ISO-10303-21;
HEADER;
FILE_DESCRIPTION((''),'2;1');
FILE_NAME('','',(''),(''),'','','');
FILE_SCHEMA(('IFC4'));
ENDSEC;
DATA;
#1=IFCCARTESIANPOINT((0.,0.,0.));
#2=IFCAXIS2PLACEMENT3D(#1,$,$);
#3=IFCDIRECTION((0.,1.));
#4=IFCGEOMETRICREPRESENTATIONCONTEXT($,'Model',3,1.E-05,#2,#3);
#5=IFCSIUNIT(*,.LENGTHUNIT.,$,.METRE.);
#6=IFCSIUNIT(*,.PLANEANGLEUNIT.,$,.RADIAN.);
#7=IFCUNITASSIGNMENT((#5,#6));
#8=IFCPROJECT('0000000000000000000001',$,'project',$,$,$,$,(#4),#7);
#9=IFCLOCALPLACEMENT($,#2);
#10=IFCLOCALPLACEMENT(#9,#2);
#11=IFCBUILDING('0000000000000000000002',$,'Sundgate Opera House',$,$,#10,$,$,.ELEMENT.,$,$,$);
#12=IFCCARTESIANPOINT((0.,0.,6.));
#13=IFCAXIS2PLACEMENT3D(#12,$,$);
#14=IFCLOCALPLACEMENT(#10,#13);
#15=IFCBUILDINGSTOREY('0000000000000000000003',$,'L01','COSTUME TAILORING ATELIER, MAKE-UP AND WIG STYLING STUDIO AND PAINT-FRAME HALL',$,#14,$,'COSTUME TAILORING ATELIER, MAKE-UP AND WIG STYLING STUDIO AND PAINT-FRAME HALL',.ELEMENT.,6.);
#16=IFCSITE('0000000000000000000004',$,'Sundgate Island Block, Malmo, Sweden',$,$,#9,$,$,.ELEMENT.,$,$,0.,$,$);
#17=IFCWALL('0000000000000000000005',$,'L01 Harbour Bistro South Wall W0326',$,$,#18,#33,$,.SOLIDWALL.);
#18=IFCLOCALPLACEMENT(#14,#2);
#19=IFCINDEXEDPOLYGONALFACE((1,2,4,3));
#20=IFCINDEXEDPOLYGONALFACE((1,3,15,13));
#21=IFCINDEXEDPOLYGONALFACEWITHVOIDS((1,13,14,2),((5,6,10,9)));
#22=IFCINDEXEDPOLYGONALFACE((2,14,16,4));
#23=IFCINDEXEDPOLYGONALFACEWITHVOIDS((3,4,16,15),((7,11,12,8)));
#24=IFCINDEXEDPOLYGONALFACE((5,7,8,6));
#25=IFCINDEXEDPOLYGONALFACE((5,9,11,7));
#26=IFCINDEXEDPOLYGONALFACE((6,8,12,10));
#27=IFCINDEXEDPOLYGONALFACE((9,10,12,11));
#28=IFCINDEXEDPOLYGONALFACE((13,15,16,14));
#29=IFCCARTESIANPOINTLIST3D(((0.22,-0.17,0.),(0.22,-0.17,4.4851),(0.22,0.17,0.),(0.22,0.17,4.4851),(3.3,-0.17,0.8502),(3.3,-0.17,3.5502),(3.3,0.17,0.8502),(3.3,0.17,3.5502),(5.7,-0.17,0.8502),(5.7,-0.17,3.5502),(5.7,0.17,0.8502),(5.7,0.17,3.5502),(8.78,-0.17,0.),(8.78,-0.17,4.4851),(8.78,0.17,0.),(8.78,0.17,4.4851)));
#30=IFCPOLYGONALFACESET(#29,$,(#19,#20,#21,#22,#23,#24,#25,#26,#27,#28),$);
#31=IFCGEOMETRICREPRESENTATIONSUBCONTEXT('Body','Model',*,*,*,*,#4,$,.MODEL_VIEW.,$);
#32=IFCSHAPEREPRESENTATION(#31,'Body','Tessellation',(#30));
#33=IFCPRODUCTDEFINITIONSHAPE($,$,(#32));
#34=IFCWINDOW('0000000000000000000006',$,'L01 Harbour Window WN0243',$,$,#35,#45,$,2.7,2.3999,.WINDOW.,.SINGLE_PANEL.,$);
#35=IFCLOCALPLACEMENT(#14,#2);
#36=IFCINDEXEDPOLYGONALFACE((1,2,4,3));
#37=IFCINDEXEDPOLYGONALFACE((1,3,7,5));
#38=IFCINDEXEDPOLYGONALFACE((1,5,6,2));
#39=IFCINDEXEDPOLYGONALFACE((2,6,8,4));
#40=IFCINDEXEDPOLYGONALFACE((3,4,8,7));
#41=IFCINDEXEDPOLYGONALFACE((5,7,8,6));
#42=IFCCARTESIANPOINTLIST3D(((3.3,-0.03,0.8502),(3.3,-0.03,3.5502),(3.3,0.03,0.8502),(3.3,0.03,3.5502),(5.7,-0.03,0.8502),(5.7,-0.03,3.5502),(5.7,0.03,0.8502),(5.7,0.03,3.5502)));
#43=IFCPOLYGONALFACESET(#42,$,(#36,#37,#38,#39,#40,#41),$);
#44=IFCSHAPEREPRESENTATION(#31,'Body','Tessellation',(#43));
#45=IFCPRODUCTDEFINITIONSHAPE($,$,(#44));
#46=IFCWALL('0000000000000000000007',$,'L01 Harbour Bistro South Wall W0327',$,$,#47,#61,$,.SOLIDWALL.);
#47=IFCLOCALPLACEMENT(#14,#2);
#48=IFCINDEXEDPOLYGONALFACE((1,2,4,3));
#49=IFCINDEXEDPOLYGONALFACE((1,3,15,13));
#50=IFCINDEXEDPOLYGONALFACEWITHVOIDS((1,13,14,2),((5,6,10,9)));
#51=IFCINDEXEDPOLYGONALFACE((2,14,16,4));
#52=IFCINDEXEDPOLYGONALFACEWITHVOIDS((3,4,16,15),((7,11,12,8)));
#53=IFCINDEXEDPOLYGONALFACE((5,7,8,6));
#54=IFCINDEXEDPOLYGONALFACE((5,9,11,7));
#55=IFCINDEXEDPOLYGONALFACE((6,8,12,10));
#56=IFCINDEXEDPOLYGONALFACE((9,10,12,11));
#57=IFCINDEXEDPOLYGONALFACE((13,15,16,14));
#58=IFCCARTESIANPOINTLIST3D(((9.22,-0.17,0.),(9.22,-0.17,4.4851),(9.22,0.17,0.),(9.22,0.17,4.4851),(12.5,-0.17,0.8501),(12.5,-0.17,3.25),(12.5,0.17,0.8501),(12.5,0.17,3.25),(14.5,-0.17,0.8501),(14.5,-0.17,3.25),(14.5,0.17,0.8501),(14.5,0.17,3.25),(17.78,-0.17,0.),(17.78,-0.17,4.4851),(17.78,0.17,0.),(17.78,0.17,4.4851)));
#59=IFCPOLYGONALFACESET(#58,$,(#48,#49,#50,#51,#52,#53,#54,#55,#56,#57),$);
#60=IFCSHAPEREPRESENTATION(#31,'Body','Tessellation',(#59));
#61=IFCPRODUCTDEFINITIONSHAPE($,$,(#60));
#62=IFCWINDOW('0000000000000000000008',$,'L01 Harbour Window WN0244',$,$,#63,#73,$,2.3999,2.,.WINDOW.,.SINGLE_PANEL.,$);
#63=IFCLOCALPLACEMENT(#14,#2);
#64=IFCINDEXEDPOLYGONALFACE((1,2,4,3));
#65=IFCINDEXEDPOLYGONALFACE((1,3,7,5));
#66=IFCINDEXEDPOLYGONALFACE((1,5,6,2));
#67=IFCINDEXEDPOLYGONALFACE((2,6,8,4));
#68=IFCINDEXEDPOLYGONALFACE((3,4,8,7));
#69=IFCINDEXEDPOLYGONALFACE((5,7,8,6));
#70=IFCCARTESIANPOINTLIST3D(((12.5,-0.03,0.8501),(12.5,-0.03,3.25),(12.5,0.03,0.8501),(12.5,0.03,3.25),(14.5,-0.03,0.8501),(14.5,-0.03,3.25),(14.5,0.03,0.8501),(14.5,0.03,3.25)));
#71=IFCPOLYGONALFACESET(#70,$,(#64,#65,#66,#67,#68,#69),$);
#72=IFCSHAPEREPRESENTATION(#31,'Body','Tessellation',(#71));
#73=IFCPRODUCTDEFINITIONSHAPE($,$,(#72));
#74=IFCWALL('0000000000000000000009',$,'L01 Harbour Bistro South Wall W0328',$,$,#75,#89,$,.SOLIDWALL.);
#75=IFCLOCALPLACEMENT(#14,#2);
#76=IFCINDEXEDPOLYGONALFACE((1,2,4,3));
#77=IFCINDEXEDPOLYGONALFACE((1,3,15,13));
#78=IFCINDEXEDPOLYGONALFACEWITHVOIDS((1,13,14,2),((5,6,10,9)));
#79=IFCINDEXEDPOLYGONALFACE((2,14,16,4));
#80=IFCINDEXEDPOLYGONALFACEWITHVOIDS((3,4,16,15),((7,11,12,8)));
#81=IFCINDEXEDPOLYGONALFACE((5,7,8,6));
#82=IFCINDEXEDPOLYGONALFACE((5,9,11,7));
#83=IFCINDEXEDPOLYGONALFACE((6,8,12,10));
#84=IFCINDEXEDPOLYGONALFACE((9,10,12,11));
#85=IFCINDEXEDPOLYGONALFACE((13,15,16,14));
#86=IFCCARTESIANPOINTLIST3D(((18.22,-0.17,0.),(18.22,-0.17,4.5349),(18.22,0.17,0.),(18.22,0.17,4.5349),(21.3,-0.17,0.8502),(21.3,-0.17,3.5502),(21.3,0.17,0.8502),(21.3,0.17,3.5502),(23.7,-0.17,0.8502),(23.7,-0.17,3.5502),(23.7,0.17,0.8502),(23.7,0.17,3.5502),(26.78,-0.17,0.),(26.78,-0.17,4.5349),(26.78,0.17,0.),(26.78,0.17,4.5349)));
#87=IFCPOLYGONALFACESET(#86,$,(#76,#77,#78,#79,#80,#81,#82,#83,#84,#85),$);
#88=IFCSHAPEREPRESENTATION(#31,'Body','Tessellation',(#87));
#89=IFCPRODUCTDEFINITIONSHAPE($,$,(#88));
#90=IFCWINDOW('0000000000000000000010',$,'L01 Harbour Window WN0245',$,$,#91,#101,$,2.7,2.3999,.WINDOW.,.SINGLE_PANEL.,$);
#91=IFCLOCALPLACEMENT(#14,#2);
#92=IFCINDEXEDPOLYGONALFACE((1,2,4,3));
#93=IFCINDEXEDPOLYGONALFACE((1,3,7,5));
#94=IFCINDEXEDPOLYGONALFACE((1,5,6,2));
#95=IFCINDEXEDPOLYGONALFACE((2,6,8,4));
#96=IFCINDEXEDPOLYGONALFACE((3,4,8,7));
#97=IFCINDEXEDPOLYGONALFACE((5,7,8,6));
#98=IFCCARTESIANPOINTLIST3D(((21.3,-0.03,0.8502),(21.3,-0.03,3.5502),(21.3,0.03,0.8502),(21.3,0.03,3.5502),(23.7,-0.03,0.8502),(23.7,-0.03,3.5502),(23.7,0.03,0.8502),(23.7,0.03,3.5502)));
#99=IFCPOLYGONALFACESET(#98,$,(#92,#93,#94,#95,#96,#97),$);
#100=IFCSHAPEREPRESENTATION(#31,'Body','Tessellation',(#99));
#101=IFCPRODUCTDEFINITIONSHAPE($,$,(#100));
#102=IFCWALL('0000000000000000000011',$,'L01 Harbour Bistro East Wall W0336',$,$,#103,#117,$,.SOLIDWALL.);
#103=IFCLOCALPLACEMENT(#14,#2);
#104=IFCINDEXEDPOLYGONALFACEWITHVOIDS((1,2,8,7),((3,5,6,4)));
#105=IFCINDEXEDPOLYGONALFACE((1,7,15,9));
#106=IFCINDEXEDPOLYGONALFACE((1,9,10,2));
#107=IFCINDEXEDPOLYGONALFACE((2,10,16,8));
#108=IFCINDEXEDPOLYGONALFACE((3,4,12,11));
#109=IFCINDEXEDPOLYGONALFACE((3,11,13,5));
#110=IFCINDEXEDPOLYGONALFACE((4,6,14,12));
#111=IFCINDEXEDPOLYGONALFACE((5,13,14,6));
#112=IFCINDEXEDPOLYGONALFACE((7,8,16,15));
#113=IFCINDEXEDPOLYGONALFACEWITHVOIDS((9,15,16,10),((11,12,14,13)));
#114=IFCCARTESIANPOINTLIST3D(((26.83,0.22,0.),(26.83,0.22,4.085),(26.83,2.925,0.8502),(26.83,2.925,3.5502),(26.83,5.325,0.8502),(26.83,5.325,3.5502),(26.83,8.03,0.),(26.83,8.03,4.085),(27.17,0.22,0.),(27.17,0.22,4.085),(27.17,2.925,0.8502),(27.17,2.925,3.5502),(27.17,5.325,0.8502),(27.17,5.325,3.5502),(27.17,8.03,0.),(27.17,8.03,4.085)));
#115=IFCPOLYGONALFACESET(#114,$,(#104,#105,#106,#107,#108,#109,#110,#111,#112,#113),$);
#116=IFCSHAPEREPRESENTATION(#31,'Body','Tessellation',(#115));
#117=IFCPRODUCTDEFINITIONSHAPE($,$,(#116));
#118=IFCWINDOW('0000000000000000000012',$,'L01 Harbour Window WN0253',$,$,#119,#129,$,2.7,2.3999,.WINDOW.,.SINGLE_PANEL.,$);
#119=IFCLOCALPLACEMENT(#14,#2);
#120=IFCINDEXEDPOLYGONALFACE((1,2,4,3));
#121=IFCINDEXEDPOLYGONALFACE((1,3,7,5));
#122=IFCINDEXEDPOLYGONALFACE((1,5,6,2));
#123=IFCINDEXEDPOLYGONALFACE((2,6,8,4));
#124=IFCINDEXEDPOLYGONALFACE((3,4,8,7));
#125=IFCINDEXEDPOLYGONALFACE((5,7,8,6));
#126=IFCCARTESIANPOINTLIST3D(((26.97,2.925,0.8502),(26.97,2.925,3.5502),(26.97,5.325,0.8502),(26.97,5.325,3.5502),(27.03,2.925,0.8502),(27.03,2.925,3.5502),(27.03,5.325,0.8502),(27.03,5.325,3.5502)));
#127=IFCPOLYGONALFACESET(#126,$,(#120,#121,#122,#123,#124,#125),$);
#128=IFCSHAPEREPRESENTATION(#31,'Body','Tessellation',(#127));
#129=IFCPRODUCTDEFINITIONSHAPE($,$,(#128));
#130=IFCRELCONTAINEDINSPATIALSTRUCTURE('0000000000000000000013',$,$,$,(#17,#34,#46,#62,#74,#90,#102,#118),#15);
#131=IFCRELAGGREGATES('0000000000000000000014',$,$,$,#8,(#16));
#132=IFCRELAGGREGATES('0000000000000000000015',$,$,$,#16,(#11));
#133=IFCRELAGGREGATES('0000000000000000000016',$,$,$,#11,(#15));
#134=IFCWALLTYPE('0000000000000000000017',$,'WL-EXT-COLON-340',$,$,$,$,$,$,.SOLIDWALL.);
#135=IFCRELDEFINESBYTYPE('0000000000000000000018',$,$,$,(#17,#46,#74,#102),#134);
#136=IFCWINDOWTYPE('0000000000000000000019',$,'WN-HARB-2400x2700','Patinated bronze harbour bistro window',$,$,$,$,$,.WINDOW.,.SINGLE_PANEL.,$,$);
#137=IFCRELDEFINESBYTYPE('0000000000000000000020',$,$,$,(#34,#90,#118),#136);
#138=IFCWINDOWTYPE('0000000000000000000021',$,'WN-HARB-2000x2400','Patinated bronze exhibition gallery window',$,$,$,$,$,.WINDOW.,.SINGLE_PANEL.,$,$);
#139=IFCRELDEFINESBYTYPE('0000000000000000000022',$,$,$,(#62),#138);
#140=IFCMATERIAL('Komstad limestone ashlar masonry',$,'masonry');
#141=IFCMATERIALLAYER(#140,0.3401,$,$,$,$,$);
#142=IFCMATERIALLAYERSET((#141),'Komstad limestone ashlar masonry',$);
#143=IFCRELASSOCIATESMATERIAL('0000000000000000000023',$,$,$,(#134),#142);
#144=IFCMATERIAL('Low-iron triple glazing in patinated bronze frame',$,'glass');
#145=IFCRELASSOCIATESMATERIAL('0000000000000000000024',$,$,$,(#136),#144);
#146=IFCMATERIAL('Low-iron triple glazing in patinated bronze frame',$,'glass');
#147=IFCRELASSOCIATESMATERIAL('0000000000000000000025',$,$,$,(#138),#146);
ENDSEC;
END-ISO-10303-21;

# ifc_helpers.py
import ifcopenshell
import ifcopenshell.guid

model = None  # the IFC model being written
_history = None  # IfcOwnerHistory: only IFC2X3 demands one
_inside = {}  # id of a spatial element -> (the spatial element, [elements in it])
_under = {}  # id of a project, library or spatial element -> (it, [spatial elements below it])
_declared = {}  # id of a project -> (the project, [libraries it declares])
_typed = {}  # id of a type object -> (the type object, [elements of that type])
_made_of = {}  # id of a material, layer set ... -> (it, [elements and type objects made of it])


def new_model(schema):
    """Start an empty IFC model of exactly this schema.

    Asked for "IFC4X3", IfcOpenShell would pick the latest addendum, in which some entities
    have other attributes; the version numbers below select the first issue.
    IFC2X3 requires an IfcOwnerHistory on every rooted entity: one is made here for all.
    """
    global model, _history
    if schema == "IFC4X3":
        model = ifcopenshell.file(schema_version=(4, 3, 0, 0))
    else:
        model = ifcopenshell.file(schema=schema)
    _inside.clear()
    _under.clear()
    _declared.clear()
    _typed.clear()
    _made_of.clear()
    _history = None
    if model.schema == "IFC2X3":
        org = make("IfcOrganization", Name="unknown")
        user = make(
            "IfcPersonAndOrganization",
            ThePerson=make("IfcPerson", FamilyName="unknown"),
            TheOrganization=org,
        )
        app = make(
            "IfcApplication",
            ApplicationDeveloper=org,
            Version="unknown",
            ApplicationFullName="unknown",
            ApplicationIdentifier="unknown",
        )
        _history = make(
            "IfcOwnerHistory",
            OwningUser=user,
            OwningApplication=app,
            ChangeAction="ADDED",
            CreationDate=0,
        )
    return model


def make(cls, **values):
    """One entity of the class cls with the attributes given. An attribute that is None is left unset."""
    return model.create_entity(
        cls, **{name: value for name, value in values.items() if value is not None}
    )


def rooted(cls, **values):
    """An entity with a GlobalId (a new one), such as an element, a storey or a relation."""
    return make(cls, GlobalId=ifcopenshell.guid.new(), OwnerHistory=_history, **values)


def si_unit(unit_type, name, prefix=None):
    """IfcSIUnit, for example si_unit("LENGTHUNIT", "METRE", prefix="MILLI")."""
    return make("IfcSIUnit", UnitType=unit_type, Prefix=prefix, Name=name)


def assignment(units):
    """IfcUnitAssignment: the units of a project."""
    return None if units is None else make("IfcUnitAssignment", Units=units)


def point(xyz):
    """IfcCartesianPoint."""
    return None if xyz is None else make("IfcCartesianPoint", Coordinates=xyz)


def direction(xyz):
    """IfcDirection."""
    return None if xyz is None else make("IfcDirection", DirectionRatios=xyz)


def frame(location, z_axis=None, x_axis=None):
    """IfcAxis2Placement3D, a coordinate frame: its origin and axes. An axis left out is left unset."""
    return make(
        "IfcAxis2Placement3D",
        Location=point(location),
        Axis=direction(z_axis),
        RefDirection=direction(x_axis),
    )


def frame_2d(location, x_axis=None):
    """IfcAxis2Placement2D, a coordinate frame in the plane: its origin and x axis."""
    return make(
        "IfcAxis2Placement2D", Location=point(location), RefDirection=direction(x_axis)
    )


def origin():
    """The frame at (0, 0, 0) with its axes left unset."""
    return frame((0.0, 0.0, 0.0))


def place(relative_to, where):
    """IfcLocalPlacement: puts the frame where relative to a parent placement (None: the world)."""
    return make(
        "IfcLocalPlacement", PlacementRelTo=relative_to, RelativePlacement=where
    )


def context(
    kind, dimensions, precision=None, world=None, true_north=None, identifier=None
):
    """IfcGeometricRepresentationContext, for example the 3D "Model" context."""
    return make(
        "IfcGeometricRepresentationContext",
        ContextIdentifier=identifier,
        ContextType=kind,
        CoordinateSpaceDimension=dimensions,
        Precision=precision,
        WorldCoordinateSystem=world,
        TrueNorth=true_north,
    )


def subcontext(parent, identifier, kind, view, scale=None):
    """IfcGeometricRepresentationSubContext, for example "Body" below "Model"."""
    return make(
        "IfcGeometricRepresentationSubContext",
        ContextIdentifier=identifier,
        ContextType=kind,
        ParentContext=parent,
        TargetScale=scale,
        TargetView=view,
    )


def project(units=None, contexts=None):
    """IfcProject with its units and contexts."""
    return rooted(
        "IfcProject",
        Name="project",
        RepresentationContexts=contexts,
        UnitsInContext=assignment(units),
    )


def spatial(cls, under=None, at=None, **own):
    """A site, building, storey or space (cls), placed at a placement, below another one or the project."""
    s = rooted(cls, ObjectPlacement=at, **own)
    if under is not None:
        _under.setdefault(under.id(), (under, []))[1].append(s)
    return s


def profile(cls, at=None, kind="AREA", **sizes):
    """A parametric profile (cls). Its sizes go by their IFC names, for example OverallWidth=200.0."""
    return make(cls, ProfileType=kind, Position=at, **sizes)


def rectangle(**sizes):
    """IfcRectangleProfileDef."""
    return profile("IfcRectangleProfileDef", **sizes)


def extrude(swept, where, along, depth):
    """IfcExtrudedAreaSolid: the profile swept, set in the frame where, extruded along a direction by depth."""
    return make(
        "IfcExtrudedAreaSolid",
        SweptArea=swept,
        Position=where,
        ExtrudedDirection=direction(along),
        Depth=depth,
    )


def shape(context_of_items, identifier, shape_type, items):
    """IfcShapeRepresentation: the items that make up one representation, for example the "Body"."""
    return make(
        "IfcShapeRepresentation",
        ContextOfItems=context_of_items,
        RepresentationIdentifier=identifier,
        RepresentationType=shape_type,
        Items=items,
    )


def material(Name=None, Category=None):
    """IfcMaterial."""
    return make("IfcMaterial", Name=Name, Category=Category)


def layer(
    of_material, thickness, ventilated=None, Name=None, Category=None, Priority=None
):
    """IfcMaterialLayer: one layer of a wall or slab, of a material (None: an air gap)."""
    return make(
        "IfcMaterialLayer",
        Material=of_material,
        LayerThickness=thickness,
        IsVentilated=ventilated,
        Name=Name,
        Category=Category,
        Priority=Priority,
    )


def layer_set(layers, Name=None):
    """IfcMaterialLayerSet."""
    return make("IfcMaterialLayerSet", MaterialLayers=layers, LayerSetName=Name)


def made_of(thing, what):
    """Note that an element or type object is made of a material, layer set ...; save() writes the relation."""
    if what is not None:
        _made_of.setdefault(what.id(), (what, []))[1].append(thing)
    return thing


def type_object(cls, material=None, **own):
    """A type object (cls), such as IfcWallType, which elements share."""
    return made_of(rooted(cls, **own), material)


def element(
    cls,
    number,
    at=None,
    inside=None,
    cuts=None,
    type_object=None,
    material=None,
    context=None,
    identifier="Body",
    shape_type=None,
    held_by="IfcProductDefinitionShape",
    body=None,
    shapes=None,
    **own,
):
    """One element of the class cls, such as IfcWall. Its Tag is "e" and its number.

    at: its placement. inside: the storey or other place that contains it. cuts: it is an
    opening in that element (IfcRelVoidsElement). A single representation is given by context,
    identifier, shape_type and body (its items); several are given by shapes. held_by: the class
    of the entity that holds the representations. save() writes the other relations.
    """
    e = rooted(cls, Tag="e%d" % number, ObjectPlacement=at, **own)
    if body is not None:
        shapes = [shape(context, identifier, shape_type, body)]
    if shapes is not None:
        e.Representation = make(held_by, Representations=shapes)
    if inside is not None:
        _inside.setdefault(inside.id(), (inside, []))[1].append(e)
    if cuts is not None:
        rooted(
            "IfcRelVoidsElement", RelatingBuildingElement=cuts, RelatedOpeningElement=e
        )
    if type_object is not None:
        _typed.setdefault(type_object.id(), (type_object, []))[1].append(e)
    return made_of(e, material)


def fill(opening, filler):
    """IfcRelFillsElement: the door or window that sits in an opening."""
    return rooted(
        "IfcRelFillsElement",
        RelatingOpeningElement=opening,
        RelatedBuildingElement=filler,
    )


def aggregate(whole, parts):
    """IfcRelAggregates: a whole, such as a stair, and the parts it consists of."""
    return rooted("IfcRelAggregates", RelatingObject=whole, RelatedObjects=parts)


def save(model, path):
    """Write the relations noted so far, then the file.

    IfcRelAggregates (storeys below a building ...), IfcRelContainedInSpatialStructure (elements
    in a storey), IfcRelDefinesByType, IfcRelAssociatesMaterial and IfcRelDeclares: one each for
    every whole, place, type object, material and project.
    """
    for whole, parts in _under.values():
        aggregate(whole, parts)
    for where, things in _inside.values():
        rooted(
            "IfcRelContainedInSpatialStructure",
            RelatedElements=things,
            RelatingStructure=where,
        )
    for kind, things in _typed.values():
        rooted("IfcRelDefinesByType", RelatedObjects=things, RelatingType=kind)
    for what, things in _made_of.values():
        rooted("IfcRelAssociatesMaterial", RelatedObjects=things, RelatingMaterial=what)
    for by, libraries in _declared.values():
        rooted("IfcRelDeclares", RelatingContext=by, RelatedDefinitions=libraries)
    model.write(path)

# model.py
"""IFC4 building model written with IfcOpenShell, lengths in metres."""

from ifc_helpers import new_model, si_unit, direction, frame, frame_2d, origin, place, context, subcontext, project, spatial, rectangle, extrude, material, layer, layer_set, type_object, element, fill, save


model = new_model("IFC4")

# Units and contexts
model_context = context("Model", 3, precision=1e-05, world=origin(), true_north=direction((0.0, 1.0)))
body_context = subcontext(model_context, "Body", "Model", "MODEL_VIEW")
ifc_project = project(units=[si_unit("LENGTHUNIT", "METRE"), si_unit("PLANEANGLEUNIT", "RADIAN")], contexts=[model_context])

# Site, building, storey
site_placement = place(None, origin())
site = spatial("IfcSite", under=ifc_project, at=site_placement, Name="Sundgate Island Block, Malmo, Sweden", CompositionType="ELEMENT", RefElevation=0.0)
building_placement = place(site_placement, origin())
building = spatial("IfcBuilding", under=site, at=building_placement, Name="Sundgate Opera House", CompositionType="ELEMENT")
storey_placement = place(building_placement, frame((0.0, 0.0, 6.0)))
storey = spatial("IfcBuildingStorey", under=building, at=storey_placement, Name="L01", Description="COSTUME TAILORING ATELIER, MAKE-UP AND WIG STYLING STUDIO AND PAINT-FRAME HALL", LongName="COSTUME TAILORING ATELIER, MAKE-UP AND WIG STYLING STUDIO AND PAINT-FRAME HALL", CompositionType="ELEMENT", Elevation=6.0)

# Walls, openings, windows
ifc_material_1 = material(Name="Komstad limestone ashlar masonry", Category="masonry")
ifc_layer = layer(ifc_material_1, 0.3401)
ifc_layer_set = layer_set([ifc_layer], Name="Komstad limestone ashlar masonry")
wall_type = type_object("IfcWallType", Name="WL-EXT-COLON-340", PredefinedType="SOLIDWALL", material=ifc_layer_set)
wall_1_placement = place(storey_placement, frame((8.78, 0.0, 0.0), z_axis=(0.0, 0.0, 1.0), x_axis=(-1.0, 0.0, 0.0)))
wall_1 = element("IfcWall", 1, at=wall_1_placement, inside=storey, type_object=wall_type, Name="L01 Harbour Bistro South Wall W0326", PredefinedType="SOLIDWALL", context=body_context, shape_type="SweptSolid", body=[
    extrude(rectangle(XDim=8.5601, YDim=0.3401, at=frame_2d((4.28, 0.0))), origin(), (0.0, 0.0, 1.0), 4.4851),
])
opening_1_placement = place(wall_1_placement, frame((3.0801, 0.0, 0.8501)))
opening_1 = element("IfcOpeningElement", 2, at=opening_1_placement, cuts=wall_1, PredefinedType="OPENING", context=body_context, shape_type="SweptSolid", body=[
    extrude(rectangle(XDim=2.3999, YDim=2.7, at=frame_2d((1.2, 1.3501))), frame((0.0, 0.1799, 0.0), z_axis=(0.0, -1.0, 0.0), x_axis=(1.0, 0.0, 0.0)), (0.0, 0.0, 1.0), 0.3601),
])
ifc_material_2 = material(Name="Low-iron triple glazing in patinated bronze frame", Category="glass")
window_type_1 = type_object("IfcWindowType", Name="WN-HARB-2400x2700", Description="Patinated bronze harbour bistro window", PartitioningType="SINGLE_PANEL", PredefinedType="WINDOW", material=ifc_material_2)
window_1_placement = place(opening_1_placement, origin())
window_1 = element("IfcWindow", 3, at=window_1_placement, inside=storey, type_object=window_type_1, Name="L01 Harbour Window WN0243", OverallHeight=2.7, OverallWidth=2.3999, PartitioningType="SINGLE_PANEL", PredefinedType="WINDOW", context=body_context, shape_type="SweptSolid", body=[
    extrude(rectangle(XDim=2.3999, YDim=2.7, at=frame_2d((1.2, 1.3501))), frame((0.0, 0.03, 0.0), z_axis=(0.0, -1.0, 0.0), x_axis=(1.0, 0.0, 0.0)), (0.0, 0.0, 1.0), 0.0601),
])
fill(opening_1, window_1)
wall_2_placement = place(storey_placement, frame((17.78, 0.0, 0.0), z_axis=(0.0, 0.0, 1.0), x_axis=(-1.0, 0.0, 0.0)))
wall_2 = element("IfcWall", 4, at=wall_2_placement, inside=storey, type_object=wall_type, Name="L01 Harbour Bistro South Wall W0327", PredefinedType="SOLIDWALL", context=body_context, shape_type="SweptSolid", body=[
    extrude(rectangle(XDim=8.5601, YDim=0.3401, at=frame_2d((4.28, 0.0))), origin(), (0.0, 0.0, 1.0), 4.4851),
])
opening_2_placement = place(wall_2_placement, frame((3.28, 0.0, 0.8501)))
opening_2 = element("IfcOpeningElement", 5, at=opening_2_placement, cuts=wall_2, PredefinedType="OPENING", context=body_context, shape_type="SweptSolid", body=[
    extrude(rectangle(XDim=2.0, YDim=2.3999, at=frame_2d((1.0, 1.2))), frame((0.0, 0.1799, 0.0), z_axis=(0.0, -1.0, 0.0), x_axis=(1.0, 0.0, 0.0)), (0.0, 0.0, 1.0), 0.3601),
])
ifc_material_3 = material(Name="Low-iron triple glazing in patinated bronze frame", Category="glass")
window_type_2 = type_object("IfcWindowType", Name="WN-HARB-2000x2400", Description="Patinated bronze exhibition gallery window", PartitioningType="SINGLE_PANEL", PredefinedType="WINDOW", material=ifc_material_3)
window_2_placement = place(opening_2_placement, origin())
window_2 = element("IfcWindow", 6, at=window_2_placement, inside=storey, type_object=window_type_2, Name="L01 Harbour Window WN0244", OverallHeight=2.3999, OverallWidth=2.0, PartitioningType="SINGLE_PANEL", PredefinedType="WINDOW", context=body_context, shape_type="SweptSolid", body=[
    extrude(rectangle(XDim=2.0, YDim=2.3999, at=frame_2d((1.0, 1.2))), frame((0.0, 0.03, 0.0), z_axis=(0.0, -1.0, 0.0), x_axis=(1.0, 0.0, 0.0)), (0.0, 0.0, 1.0), 0.0601),
])
fill(opening_2, window_2)
wall_3_placement = place(storey_placement, frame((26.78, 0.0, 0.0), z_axis=(0.0, 0.0, 1.0), x_axis=(-1.0, 0.0, 0.0)))
wall_3 = element("IfcWall", 7, at=wall_3_placement, inside=storey, type_object=wall_type, Name="L01 Harbour Bistro South Wall W0328", PredefinedType="SOLIDWALL", context=body_context, shape_type="SweptSolid", body=[
    extrude(rectangle(XDim=8.5601, YDim=0.3401, at=frame_2d((4.28, 0.0))), origin(), (0.0, 0.0, 1.0), 4.5349),
])
opening_3_placement = place(wall_3_placement, frame((3.0801, 0.0, 0.8501)))
opening_3 = element("IfcOpeningElement", 8, at=opening_3_placement, cuts=wall_3, PredefinedType="OPENING", context=body_context, shape_type="SweptSolid", body=[
    extrude(rectangle(XDim=2.3999, YDim=2.7, at=frame_2d((1.2, 1.3501))), frame((0.0, 0.1799, 0.0), z_axis=(0.0, -1.0, 0.0), x_axis=(1.0, 0.0, 0.0)), (0.0, 0.0, 1.0), 0.3601),
])
window_3_placement = place(opening_3_placement, origin())
window_3 = element("IfcWindow", 9, at=window_3_placement, inside=storey, type_object=window_type_1, Name="L01 Harbour Window WN0245", OverallHeight=2.7, OverallWidth=2.3999, PartitioningType="SINGLE_PANEL", PredefinedType="WINDOW", context=body_context, shape_type="SweptSolid", body=[
    extrude(rectangle(XDim=2.3999, YDim=2.7, at=frame_2d((1.2, 1.3501))), frame((0.0, 0.03, 0.0), z_axis=(0.0, -1.0, 0.0), x_axis=(1.0, 0.0, 0.0)), (0.0, 0.0, 1.0), 0.0601),
])
fill(opening_3, window_3)
wall_4_placement = place(storey_placement, frame((27.0, 0.22, 0.0), z_axis=(0.0, 0.0, 1.0), x_axis=(0.0, 1.0, 0.0)))
wall_4 = element("IfcWall", 10, at=wall_4_placement, inside=storey, type_object=wall_type, Name="L01 Harbour Bistro East Wall W0336", PredefinedType="SOLIDWALL", context=body_context, shape_type="SweptSolid", body=[
    extrude(rectangle(XDim=7.8101, YDim=0.3401, at=frame_2d((3.905, 0.0))), origin(), (0.0, 0.0, 1.0), 4.085),
])
opening_4_placement = place(wall_4_placement, frame((2.7051, 0.0, 0.8501)))
opening_4 = element("IfcOpeningElement", 11, at=opening_4_placement, cuts=wall_4, PredefinedType="OPENING", context=body_context, shape_type="SweptSolid", body=[
    extrude(rectangle(XDim=2.3999, YDim=2.7, at=frame_2d((1.2, 1.3501))), frame((0.0, 0.1799, 0.0), z_axis=(0.0, -1.0, 0.0), x_axis=(1.0, 0.0, 0.0)), (0.0, 0.0, 1.0), 0.3601),
])
window_4_placement = place(opening_4_placement, origin())
window_4 = element("IfcWindow", 12, at=window_4_placement, inside=storey, type_object=window_type_1, Name="L01 Harbour Window WN0253", OverallHeight=2.7, OverallWidth=2.3999, PartitioningType="SINGLE_PANEL", PredefinedType="WINDOW", context=body_context, shape_type="SweptSolid", body=[
    extrude(rectangle(XDim=2.3999, YDim=2.7, at=frame_2d((1.2, 1.3501))), frame((0.0, 0.03, 0.0), z_axis=(0.0, -1.0, 0.0), x_axis=(1.0, 0.0, 0.0)), (0.0, 0.0, 1.0), 0.0601),
])
fill(opening_4, window_4)

save(model, "model.ifc")
